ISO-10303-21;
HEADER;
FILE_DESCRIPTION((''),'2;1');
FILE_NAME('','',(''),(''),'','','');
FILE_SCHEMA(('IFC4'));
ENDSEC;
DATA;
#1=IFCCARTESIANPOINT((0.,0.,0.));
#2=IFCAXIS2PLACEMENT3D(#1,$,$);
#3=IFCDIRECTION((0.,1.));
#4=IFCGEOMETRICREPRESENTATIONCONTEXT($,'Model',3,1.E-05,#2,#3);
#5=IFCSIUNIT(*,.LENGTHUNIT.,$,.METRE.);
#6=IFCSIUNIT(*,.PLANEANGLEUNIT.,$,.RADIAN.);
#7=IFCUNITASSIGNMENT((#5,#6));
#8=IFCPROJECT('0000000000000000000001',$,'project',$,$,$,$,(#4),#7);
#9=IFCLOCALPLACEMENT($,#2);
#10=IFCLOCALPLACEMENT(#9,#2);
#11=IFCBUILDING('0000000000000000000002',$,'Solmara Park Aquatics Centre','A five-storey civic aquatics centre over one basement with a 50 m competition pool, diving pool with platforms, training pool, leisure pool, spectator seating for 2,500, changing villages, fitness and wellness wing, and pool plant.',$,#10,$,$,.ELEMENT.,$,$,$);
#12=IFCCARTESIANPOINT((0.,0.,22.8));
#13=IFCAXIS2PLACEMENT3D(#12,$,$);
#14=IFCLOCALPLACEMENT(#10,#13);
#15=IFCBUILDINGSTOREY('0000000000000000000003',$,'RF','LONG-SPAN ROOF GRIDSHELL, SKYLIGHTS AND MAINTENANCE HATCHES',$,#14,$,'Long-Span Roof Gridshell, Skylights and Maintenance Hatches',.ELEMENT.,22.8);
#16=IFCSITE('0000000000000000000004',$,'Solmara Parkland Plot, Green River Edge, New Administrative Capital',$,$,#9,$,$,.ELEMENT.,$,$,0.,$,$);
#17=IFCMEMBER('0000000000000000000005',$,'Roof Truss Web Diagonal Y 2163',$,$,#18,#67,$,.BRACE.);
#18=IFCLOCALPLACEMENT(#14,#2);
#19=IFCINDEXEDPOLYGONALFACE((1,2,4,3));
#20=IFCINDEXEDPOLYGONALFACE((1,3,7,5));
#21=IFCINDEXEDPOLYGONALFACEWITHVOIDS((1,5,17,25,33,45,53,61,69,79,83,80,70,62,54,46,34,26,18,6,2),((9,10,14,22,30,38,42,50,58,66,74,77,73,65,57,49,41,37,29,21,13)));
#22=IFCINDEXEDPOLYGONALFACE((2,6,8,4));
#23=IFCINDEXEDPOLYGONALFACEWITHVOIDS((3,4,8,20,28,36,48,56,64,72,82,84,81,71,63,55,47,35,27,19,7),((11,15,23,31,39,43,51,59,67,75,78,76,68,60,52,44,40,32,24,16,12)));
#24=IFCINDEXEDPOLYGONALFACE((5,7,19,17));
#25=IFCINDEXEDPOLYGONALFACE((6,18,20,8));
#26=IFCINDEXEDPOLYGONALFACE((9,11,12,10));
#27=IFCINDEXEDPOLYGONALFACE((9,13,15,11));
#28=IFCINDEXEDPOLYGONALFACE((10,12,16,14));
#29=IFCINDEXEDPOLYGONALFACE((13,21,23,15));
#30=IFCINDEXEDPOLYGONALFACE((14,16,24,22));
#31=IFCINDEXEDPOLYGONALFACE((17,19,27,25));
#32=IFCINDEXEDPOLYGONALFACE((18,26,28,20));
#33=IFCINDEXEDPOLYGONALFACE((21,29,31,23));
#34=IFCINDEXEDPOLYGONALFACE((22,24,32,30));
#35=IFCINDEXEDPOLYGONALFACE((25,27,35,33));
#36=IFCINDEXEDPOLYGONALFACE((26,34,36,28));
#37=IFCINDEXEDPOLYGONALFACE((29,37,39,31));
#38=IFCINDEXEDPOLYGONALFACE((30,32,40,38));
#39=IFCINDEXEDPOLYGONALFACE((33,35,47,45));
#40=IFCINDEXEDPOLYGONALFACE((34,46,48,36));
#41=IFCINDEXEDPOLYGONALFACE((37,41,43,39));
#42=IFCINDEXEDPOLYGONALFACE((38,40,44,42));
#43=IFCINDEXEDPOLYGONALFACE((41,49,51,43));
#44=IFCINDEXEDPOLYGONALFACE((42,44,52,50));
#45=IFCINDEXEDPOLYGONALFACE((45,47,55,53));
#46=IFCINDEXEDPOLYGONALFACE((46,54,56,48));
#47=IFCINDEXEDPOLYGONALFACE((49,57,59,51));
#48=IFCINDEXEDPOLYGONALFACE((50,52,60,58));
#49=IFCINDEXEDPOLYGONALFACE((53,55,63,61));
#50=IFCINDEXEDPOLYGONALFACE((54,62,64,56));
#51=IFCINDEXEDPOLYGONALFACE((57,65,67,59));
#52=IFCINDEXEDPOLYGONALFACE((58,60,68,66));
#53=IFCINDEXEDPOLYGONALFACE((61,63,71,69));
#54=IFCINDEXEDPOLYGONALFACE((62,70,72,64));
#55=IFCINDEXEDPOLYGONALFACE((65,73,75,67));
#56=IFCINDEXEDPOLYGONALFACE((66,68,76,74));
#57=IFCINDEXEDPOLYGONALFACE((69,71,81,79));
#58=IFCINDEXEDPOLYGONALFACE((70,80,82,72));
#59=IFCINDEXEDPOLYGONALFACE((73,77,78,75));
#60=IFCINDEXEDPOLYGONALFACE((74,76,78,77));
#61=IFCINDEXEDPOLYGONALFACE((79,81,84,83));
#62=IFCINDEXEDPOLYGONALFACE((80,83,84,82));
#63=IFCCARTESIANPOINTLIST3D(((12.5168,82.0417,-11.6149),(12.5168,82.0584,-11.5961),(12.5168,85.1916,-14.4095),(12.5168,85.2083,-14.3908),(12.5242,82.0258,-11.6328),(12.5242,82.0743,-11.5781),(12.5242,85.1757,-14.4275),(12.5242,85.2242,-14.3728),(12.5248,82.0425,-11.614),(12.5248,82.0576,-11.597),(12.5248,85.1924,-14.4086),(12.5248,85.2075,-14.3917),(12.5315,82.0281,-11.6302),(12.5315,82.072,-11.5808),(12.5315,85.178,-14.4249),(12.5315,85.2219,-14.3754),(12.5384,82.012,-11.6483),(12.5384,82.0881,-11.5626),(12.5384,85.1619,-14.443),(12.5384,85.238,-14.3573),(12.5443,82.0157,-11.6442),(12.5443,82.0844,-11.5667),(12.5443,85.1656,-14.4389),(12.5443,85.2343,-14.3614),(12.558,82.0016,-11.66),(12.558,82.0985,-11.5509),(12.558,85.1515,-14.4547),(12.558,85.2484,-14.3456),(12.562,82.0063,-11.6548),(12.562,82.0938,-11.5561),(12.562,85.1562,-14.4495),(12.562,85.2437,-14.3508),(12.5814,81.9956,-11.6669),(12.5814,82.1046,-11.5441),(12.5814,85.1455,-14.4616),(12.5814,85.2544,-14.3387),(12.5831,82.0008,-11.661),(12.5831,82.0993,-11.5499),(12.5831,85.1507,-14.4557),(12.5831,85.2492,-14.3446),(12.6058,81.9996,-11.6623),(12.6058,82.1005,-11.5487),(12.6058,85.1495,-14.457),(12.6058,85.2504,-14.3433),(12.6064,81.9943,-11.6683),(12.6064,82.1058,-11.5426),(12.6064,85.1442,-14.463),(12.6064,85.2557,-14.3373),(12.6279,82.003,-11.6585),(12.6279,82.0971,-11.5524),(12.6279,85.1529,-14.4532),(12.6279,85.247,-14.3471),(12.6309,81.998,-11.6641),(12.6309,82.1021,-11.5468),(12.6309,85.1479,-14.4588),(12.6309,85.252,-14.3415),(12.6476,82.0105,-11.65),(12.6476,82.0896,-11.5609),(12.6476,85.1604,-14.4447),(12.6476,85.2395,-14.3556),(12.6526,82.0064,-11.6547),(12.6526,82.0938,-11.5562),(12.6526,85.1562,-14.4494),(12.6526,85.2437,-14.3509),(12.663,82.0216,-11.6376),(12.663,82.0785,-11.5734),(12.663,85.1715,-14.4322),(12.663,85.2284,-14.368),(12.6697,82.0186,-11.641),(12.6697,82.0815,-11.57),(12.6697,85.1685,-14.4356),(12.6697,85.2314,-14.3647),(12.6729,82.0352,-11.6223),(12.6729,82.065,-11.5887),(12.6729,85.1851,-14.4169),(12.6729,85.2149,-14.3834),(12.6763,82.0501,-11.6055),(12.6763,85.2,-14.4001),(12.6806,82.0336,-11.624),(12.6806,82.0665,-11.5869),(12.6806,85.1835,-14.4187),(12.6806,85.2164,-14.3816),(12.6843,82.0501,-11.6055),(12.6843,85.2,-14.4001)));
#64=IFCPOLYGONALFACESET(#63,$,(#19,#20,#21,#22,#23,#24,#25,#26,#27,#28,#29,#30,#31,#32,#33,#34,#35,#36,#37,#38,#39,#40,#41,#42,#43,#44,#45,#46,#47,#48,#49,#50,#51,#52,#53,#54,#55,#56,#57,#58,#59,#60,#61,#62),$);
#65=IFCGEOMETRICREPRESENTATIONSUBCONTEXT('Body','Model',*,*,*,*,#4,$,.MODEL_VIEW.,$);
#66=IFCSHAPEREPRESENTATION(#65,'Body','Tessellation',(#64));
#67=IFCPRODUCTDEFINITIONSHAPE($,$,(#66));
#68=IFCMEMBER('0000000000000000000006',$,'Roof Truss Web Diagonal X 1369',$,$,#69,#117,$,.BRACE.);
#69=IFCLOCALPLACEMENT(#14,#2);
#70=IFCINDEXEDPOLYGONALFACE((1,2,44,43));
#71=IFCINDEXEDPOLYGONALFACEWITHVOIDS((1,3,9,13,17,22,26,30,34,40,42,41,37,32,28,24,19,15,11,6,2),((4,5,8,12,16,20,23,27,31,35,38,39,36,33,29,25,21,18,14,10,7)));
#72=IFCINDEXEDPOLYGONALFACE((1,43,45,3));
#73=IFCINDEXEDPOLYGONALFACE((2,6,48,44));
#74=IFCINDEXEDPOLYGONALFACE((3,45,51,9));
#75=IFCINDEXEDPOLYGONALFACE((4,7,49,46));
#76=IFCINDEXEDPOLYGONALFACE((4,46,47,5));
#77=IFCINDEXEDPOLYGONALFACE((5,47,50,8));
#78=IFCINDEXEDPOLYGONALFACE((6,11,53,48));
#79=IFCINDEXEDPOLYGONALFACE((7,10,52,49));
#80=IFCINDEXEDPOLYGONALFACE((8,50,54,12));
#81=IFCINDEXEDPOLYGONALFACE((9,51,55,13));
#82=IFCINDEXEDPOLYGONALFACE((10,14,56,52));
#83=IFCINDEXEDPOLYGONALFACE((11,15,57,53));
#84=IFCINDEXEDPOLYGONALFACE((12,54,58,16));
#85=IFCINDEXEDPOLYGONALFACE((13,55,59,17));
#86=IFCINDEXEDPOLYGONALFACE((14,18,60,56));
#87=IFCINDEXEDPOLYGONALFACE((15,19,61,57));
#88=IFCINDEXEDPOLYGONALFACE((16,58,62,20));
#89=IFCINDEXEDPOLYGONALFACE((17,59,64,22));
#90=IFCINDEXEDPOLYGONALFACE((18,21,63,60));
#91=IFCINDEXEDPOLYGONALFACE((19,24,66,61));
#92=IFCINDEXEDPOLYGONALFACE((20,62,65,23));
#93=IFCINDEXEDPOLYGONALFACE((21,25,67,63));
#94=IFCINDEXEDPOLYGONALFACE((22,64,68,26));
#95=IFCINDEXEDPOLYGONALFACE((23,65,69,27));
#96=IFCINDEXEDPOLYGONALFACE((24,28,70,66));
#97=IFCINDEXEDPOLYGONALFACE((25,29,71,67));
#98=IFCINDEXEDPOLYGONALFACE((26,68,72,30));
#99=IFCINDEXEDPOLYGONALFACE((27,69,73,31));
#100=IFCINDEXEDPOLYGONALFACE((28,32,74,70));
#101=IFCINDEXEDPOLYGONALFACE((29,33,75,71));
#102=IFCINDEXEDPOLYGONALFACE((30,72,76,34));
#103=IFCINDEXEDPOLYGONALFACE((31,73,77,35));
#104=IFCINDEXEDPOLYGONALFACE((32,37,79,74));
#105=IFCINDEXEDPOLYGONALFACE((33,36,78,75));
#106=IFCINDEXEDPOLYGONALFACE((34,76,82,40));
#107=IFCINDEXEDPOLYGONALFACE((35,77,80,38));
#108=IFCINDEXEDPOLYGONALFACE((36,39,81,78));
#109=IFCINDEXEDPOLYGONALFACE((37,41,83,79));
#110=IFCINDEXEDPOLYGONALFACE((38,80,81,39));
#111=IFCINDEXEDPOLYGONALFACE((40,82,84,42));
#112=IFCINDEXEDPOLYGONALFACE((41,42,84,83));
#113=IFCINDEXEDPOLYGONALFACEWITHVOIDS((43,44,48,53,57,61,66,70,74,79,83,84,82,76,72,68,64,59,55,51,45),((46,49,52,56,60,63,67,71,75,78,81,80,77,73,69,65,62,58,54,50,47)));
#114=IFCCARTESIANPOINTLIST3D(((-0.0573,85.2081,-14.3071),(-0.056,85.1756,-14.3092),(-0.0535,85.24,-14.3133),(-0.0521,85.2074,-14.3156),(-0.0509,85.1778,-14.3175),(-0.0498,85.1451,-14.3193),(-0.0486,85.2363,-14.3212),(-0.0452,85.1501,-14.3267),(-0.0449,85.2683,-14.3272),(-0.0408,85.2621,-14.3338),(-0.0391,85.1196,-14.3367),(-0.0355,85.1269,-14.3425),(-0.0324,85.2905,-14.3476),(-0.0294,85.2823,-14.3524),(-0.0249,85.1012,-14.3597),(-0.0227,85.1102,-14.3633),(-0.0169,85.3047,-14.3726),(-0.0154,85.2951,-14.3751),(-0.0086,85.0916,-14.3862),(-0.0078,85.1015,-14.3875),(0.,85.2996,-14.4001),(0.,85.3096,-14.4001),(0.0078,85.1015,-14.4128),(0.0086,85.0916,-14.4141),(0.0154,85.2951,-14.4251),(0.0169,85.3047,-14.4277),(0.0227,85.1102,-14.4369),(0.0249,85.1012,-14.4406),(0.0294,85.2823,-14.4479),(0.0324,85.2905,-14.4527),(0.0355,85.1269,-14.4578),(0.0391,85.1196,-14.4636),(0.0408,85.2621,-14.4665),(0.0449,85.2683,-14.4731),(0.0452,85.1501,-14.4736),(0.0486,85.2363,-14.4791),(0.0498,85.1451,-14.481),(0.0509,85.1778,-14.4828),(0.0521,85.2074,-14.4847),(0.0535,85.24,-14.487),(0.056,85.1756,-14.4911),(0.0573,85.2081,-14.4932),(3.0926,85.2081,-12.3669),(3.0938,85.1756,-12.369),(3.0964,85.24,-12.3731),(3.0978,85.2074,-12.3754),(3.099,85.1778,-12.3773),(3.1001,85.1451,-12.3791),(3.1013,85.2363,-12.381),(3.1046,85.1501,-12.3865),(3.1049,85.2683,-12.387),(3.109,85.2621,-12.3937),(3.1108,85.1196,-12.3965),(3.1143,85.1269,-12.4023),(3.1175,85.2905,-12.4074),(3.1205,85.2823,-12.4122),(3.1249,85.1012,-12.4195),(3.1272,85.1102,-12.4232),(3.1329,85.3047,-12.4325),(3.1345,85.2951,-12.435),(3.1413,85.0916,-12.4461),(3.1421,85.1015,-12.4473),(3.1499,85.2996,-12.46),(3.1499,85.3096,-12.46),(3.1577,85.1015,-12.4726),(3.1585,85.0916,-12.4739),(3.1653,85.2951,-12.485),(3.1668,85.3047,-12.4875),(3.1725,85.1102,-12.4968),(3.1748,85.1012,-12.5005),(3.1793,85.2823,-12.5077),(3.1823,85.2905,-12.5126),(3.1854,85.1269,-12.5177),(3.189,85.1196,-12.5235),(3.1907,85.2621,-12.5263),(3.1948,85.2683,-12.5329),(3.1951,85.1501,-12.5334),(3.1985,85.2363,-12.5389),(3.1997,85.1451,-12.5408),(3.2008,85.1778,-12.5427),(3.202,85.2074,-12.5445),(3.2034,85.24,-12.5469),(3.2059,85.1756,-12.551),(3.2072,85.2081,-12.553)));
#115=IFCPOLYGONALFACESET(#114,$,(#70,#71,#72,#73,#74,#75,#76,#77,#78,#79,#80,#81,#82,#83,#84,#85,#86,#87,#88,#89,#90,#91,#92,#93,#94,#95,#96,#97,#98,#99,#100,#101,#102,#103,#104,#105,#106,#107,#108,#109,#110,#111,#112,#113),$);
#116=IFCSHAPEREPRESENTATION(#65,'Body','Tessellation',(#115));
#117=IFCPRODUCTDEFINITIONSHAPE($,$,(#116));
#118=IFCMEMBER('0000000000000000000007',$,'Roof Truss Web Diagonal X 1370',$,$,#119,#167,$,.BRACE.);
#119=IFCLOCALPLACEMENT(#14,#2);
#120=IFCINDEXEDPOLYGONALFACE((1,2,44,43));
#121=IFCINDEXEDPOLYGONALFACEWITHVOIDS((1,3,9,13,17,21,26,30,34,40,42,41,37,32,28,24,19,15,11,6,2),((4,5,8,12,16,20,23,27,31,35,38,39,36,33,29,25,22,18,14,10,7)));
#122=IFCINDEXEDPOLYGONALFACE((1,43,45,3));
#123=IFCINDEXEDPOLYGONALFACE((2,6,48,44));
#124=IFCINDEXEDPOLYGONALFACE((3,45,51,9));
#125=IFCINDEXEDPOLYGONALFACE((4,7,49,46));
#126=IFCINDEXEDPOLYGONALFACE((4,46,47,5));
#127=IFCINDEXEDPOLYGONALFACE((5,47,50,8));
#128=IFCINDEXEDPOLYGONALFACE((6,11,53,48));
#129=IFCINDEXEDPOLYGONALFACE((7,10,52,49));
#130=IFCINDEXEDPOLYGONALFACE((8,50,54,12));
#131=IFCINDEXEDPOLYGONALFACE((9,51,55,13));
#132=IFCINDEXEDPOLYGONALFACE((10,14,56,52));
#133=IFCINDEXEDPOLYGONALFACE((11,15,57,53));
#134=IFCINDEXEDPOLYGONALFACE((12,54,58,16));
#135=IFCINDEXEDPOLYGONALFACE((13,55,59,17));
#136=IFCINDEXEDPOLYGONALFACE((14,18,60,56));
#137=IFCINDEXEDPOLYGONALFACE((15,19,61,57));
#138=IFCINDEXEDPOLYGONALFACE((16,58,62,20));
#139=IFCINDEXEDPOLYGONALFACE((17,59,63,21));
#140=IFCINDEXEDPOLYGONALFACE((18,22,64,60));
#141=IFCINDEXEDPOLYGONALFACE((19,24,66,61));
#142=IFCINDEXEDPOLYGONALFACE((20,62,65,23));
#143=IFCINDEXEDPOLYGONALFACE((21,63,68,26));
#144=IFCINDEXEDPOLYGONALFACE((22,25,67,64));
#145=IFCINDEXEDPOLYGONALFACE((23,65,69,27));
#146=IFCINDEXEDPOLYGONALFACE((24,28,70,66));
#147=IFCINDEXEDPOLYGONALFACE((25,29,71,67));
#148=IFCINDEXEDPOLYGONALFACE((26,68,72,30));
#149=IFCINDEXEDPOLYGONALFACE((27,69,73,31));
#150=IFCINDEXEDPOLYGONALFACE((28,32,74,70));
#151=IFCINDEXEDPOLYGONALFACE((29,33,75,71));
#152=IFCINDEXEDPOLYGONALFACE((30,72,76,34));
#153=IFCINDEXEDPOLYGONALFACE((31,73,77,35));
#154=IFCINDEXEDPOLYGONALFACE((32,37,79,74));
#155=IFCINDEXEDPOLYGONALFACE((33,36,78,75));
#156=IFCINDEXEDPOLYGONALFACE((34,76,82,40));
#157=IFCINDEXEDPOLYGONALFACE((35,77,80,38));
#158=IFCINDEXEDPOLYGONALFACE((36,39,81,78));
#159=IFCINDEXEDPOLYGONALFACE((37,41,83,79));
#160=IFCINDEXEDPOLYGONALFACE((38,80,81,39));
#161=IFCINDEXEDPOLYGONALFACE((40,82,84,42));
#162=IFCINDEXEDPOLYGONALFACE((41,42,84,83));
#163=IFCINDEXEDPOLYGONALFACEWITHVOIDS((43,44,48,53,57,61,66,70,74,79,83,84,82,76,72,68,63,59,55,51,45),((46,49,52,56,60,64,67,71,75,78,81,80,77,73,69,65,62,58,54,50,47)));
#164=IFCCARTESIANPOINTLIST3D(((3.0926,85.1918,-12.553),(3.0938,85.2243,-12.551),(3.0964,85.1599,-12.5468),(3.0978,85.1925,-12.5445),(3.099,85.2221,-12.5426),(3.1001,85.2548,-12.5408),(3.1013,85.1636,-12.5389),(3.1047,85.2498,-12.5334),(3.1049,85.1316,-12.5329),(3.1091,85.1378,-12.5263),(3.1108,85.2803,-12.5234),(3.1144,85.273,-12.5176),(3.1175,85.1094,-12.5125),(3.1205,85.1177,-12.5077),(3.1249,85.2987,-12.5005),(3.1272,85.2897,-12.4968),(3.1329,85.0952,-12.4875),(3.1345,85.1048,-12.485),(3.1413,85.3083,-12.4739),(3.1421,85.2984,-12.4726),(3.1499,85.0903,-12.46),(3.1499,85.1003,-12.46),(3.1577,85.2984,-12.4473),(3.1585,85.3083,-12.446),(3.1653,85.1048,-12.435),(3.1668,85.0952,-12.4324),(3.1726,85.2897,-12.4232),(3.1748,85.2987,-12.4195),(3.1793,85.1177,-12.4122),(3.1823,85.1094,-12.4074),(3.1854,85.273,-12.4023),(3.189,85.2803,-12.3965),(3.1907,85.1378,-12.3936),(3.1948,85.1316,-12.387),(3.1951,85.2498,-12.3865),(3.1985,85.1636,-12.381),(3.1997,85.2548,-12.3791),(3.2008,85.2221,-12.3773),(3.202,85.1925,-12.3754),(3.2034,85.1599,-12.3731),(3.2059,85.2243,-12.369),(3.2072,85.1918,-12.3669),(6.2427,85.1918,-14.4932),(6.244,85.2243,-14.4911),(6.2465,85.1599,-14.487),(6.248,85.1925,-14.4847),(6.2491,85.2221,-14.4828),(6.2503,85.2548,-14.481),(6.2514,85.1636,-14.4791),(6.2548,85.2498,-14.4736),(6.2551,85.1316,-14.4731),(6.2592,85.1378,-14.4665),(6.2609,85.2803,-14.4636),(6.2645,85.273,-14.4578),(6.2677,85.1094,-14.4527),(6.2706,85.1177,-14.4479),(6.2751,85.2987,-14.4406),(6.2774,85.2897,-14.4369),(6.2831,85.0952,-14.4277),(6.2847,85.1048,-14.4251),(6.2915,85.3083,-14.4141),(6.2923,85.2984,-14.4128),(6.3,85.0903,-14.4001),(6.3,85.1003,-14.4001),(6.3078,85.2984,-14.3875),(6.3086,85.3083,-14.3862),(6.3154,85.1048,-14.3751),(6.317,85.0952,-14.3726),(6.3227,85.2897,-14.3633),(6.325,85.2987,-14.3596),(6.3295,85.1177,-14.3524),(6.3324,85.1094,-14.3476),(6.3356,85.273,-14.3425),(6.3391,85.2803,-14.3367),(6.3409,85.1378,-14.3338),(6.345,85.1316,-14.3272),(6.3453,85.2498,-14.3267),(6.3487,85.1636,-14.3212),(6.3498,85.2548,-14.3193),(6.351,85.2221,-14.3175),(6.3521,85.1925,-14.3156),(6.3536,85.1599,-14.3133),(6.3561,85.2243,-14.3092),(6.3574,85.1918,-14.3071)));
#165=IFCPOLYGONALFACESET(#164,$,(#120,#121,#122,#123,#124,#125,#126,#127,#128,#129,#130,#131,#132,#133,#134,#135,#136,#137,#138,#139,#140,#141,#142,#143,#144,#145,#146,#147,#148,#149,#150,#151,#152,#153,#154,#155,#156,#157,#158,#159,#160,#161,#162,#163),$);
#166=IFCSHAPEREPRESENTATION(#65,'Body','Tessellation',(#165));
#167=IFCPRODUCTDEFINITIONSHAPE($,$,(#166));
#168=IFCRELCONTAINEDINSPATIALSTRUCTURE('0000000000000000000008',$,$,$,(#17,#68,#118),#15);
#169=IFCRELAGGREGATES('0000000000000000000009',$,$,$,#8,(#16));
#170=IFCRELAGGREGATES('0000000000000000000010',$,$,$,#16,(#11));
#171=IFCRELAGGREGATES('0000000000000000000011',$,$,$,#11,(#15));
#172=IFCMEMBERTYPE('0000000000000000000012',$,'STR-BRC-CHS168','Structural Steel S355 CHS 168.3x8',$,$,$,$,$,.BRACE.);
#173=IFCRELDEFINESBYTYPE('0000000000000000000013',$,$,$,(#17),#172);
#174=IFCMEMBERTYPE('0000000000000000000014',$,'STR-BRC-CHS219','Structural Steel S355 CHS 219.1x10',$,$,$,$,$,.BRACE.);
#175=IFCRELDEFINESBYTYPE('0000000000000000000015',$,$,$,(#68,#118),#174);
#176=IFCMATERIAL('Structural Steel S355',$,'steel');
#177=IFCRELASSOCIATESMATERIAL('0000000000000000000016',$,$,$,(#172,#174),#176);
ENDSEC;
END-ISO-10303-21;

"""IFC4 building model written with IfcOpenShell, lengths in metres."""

from ifc_helpers import new_model, si_unit, direction, frame, origin, origin_2d, place, context, subcontext, project, spatial, hollow_circle, extrude, material, material_profile, profile_set, type_object, element, save


model = new_model("IFC4")

# Units and contexts
model_context = context("Model", 3, precision=1e-05, world=origin(), true_north=direction((0.0, 1.0)))
body_context = subcontext(model_context, "Body", "Model", "MODEL_VIEW")
ifc_project = project(units=[si_unit("LENGTHUNIT", "METRE"), si_unit("PLANEANGLEUNIT", "RADIAN")], contexts=[model_context])

# Site, building, storey
site_placement = place(None, origin())
site = spatial("IfcSite", under=ifc_project, at=site_placement, Name="Solmara Parkland Plot, Green River Edge, New Administrative Capital", CompositionType="ELEMENT", RefElevation=0.0)
building_placement = place(site_placement, origin())
building = spatial("IfcBuilding", under=site, at=building_placement, Name="Solmara Park Aquatics Centre", Description="A five-storey civic aquatics centre over one basement with a 50 m competition pool, diving pool with platforms, training pool, leisure pool, spectator seating for 2,500, changing villages, fitness and wellness wing, and pool plant.", CompositionType="ELEMENT")
storey_placement = place(building_placement, frame((0.0, 0.0, 22.8)))
storey = spatial("IfcBuildingStorey", under=building, at=storey_placement, Name="RF", Description="LONG-SPAN ROOF GRIDSHELL, SKYLIGHTS AND MAINTENANCE HATCHES", LongName="Long-Span Roof Gridshell, Skylights and Maintenance Hatches", CompositionType="ELEMENT", Elevation=22.8)

# Shared definitions
ifc_material_1 = material(Name="Structural Steel S355", Category="steel")

# Members
ifc_material_profile_1 = material_profile(ifc_material_1, hollow_circle(Radius=0.0842, WallThickness=0.0081, at=origin_2d()), Name="CHS 168.3x8")
ifc_profile_set_1 = profile_set([ifc_material_profile_1], Name="Structural Steel S355")
member_type_1 = type_object("IfcMemberType", Name="STR-BRC-CHS168", Description="Structural Steel S355 CHS 168.3x8", PredefinedType="BRACE", material=ifc_profile_set_1)
member_1_placement = place(storey_placement, frame((12.6001, 85.2, -14.4001), z_axis=(0.0, -0.748026, 0.663669), x_axis=(1.0, 0.0, 0.0)))
element("IfcMember", 1, at=member_1_placement, inside=storey, type_object=member_type_1, Name="Roof Truss Web Diagonal Y 2163", PredefinedType="BRACE", context=body_context, shape_type="SweptSolid", body=[
    extrude(hollow_circle(Radius=0.0842, WallThickness=0.0081, at=origin_2d()), origin(), (0.0, 0.0, 1.0), 4.2109),
])
ifc_material_profile_2 = material_profile(ifc_material_1, hollow_circle(Radius=0.1096, WallThickness=0.01, at=origin_2d()), Name="CHS 219.1x10")
ifc_profile_set_2 = profile_set([ifc_material_profile_2], Name="Structural Steel S355")
member_type_2 = type_object("IfcMemberType", Name="STR-BRC-CHS219", Description="Structural Steel S355 CHS 219.1x10", PredefinedType="BRACE", material=ifc_profile_set_2)
member_2_placement = place(storey_placement, frame((0.0, 85.2, -14.4001), z_axis=(0.851443, 0.0, 0.524447), x_axis=(0.0, 1.0, 0.0)))
element("IfcMember", 2, at=member_2_placement, inside=storey, type_object=member_type_2, Name="Roof Truss Web Diagonal X 1369", PredefinedType="BRACE", context=body_context, shape_type="SweptSolid", body=[
    extrude(hollow_circle(Radius=0.1096, WallThickness=0.01, at=origin_2d()), origin(), (0.0, 0.0, 1.0), 3.6995),
])
member_3_placement = place(storey_placement, frame((6.3, 85.2, -14.4001), z_axis=(-0.851461, 0.0, 0.524418), x_axis=(0.0, -1.0, 0.0)))
element("IfcMember", 3, at=member_3_placement, inside=storey, type_object=member_type_2, Name="Roof Truss Web Diagonal X 1370", PredefinedType="BRACE", context=body_context, shape_type="SweptSolid", body=[
    extrude(hollow_circle(Radius=0.1096, WallThickness=0.01, at=origin_2d()), origin(), (0.0, 0.0, 1.0), 3.6997),
])

save(model, "model.ifc")
